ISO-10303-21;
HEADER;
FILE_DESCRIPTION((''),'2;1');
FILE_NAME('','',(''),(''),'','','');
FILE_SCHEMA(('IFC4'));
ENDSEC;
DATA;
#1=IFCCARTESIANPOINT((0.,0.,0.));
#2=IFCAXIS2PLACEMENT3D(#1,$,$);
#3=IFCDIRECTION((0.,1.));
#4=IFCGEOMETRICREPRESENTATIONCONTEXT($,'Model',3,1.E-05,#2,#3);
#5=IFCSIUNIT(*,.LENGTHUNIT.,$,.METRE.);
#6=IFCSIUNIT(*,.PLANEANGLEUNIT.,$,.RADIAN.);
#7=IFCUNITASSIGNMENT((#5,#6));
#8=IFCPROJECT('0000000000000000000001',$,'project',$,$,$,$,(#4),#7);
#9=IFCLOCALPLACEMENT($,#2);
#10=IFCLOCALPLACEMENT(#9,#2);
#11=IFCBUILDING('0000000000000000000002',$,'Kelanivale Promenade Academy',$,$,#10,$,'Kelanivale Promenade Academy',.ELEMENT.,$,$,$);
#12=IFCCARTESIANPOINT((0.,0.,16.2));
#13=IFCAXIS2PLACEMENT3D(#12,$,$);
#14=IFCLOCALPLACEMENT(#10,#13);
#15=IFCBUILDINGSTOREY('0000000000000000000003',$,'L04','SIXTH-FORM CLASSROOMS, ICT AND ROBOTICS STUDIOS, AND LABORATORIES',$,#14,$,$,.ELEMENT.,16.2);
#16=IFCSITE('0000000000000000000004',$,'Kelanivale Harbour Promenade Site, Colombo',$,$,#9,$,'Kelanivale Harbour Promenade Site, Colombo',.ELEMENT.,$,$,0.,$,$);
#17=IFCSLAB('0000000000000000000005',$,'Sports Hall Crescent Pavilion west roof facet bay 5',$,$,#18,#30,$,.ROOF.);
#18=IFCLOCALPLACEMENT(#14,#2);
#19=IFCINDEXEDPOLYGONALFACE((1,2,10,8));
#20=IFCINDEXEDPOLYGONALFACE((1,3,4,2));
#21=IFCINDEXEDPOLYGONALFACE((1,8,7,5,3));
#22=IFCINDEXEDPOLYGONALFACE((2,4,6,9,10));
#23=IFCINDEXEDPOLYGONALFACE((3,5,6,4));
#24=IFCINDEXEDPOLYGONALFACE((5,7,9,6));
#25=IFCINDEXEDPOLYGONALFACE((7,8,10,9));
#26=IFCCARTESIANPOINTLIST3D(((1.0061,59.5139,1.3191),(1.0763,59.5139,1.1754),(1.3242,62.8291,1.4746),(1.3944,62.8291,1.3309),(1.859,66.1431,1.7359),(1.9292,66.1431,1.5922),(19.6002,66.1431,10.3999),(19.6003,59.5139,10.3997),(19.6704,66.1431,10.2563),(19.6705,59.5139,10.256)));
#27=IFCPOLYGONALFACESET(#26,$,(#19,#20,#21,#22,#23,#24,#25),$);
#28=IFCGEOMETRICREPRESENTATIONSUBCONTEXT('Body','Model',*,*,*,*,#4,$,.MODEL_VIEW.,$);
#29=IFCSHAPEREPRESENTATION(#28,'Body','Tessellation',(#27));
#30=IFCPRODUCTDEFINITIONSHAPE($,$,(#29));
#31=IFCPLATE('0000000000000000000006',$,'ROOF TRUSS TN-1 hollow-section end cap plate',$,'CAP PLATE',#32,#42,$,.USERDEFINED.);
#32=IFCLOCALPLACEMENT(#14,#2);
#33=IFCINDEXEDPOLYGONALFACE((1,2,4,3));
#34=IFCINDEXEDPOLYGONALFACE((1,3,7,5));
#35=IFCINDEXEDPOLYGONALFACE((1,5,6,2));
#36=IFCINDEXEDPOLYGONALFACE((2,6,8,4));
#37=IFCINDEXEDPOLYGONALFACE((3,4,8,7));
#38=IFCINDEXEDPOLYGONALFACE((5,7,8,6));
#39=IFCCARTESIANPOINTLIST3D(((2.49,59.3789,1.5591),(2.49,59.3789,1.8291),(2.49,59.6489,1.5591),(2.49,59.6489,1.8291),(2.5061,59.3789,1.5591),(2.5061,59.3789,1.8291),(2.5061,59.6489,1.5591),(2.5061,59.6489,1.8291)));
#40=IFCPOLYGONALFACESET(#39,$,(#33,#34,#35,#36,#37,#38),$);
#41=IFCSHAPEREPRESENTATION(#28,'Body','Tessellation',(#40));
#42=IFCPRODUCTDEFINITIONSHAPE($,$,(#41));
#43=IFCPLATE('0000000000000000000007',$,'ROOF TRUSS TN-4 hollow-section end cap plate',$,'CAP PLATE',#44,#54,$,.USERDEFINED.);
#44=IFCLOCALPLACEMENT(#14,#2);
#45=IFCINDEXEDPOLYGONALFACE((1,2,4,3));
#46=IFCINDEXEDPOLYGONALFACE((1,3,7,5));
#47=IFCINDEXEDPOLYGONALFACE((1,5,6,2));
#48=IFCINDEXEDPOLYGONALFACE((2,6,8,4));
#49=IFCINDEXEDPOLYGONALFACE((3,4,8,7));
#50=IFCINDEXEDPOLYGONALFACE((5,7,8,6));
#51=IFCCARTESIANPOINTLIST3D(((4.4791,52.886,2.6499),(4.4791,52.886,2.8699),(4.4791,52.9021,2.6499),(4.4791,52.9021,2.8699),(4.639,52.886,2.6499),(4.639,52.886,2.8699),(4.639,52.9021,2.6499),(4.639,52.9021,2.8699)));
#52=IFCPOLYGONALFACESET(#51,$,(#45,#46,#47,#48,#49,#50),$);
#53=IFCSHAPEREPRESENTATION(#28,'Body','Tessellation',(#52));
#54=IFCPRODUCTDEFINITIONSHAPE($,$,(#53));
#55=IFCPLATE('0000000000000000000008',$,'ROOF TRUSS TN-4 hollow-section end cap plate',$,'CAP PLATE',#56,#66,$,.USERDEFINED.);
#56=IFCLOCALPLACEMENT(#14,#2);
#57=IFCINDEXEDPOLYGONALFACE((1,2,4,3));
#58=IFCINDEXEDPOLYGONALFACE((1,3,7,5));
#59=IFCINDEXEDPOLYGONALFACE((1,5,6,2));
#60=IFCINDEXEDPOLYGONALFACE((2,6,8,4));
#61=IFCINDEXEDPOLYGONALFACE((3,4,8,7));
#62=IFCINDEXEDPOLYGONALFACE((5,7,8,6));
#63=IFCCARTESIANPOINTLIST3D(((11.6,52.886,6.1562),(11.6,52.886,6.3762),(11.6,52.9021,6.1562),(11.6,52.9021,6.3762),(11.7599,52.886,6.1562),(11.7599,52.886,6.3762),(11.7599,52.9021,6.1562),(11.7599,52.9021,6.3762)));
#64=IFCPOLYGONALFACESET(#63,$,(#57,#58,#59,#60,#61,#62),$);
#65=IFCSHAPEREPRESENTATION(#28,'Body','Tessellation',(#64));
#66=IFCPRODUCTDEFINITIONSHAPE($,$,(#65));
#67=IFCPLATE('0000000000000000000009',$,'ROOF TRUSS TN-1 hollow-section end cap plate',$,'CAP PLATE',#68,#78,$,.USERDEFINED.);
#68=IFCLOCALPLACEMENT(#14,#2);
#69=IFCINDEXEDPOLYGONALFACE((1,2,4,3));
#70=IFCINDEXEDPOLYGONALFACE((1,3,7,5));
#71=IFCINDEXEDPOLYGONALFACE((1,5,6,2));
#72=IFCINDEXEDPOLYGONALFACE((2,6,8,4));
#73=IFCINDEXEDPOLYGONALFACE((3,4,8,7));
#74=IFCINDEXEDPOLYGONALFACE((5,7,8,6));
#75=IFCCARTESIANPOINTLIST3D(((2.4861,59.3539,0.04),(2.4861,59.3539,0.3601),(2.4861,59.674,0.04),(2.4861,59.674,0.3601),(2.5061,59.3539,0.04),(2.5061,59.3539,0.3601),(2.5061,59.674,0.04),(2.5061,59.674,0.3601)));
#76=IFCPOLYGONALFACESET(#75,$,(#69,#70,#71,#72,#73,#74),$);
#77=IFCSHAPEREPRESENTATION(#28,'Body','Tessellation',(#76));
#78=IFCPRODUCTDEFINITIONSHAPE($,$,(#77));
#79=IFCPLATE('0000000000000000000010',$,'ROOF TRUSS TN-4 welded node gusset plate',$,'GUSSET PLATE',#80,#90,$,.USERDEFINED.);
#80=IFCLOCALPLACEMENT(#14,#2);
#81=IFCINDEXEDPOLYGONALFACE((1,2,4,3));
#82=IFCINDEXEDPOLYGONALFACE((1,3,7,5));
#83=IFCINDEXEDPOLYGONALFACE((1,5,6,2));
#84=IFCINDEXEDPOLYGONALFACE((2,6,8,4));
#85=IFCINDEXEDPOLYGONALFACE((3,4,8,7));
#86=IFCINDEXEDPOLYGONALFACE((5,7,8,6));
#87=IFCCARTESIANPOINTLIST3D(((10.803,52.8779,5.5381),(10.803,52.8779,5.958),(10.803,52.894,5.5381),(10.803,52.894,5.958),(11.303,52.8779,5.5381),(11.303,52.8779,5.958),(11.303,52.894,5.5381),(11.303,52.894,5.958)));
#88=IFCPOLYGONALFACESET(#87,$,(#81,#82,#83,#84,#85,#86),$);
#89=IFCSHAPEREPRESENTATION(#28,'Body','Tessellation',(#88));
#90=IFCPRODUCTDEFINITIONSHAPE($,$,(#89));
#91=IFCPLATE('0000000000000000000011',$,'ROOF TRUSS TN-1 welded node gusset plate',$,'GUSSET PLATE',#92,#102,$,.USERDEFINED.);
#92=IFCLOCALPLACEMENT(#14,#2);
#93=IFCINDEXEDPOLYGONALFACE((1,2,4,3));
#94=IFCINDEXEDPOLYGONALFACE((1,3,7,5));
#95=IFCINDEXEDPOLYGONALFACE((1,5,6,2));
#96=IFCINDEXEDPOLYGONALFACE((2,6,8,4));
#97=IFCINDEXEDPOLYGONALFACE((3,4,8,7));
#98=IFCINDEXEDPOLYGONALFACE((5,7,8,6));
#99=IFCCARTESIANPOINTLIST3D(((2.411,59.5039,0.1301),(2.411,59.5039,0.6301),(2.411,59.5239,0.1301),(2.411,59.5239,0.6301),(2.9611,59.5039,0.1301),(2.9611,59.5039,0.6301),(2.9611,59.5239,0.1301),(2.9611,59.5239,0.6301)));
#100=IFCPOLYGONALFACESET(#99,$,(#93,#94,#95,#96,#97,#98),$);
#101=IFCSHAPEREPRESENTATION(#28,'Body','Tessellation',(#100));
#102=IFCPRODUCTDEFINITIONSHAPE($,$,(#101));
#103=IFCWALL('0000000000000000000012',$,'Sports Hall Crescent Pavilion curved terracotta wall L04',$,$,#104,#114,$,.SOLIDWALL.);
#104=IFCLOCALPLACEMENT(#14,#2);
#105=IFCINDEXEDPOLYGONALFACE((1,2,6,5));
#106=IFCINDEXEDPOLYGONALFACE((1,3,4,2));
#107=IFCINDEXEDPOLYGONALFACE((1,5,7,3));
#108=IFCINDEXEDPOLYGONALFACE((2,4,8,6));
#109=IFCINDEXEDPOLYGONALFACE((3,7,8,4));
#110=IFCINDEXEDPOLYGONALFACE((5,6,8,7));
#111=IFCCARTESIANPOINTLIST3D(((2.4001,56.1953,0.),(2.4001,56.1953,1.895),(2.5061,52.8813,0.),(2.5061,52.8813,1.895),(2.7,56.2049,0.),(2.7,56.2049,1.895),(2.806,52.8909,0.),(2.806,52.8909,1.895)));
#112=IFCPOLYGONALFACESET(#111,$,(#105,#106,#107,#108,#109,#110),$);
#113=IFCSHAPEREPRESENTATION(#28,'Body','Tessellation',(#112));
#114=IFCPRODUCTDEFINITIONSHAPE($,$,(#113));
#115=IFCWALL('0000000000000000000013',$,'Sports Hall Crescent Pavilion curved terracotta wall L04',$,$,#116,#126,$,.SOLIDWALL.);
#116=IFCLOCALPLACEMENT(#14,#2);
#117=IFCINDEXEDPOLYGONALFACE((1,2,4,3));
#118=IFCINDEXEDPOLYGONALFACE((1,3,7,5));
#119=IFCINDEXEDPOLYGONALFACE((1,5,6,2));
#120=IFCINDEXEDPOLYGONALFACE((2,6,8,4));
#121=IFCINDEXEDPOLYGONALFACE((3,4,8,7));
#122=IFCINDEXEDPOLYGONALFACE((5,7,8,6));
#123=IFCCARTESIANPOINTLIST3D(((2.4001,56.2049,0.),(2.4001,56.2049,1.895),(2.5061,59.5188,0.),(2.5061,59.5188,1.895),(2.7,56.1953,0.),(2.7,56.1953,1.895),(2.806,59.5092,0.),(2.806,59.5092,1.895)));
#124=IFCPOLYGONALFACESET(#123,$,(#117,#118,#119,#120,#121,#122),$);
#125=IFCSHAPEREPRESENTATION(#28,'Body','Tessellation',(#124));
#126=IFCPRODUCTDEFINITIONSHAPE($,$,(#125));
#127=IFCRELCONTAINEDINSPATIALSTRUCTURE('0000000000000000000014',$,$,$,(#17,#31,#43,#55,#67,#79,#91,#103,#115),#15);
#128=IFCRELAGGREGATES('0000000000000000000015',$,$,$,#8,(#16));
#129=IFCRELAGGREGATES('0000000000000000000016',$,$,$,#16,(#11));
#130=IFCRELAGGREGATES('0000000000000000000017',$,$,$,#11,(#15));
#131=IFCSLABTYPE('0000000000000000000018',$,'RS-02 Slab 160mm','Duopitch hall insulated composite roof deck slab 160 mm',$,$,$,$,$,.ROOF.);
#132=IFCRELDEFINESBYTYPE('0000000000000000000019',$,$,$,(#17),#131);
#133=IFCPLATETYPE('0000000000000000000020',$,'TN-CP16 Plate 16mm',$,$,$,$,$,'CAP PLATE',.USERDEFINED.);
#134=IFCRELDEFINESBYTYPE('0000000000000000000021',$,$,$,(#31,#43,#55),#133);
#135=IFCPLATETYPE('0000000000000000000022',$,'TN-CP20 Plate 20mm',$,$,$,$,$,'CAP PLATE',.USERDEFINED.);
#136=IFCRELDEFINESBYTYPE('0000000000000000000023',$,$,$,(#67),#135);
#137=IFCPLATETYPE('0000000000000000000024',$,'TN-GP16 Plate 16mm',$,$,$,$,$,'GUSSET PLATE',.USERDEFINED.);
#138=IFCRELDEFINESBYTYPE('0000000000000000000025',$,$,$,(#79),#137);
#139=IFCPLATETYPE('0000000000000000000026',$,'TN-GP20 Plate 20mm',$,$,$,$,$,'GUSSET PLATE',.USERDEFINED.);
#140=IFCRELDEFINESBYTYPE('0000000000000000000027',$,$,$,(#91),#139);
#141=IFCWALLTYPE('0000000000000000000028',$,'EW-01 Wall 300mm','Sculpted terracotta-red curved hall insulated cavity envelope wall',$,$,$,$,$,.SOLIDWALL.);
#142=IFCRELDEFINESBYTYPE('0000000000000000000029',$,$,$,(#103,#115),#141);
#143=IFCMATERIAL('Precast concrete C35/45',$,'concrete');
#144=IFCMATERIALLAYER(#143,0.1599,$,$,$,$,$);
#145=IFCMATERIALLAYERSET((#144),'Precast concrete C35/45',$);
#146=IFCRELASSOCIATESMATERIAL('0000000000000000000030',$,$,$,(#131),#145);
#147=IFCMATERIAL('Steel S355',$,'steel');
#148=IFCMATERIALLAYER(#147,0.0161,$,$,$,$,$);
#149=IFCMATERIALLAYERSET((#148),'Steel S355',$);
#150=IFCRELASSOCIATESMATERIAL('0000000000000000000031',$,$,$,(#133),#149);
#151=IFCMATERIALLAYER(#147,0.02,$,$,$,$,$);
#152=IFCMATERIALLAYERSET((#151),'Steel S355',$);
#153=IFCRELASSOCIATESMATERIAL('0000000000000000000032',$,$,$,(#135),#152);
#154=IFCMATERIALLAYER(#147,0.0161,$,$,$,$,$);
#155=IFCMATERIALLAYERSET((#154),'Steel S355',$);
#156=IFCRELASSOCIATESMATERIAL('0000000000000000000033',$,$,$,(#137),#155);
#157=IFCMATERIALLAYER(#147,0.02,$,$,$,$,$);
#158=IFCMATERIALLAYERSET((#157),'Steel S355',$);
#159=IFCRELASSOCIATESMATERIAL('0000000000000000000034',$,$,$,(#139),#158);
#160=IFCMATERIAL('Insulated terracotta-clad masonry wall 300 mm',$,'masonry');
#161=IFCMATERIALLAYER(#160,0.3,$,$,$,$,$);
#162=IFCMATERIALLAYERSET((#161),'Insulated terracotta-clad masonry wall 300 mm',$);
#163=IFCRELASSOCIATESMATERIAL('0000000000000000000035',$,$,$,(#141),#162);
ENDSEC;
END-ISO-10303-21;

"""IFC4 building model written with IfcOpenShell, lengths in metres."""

from ifc_helpers import new_model, si_unit, direction, frame, frame_2d, origin, origin_2d, place, context, subcontext, project, spatial, polyline, rectangle, outline, extrude, material, layer, layer_set, type_object, element, save


model = new_model("IFC4")

# Units and contexts
model_context = context("Model", 3, precision=1e-05, world=origin(), true_north=direction((0.0, 1.0)))
body_context = subcontext(model_context, "Body", "Model", "MODEL_VIEW")
ifc_project = project(units=[si_unit("LENGTHUNIT", "METRE"), si_unit("PLANEANGLEUNIT", "RADIAN")], contexts=[model_context])

# Site, building, storey
site_placement = place(None, origin())
site = spatial("IfcSite", under=ifc_project, at=site_placement, Name="Kelanivale Harbour Promenade Site, Colombo", LongName="Kelanivale Harbour Promenade Site, Colombo", CompositionType="ELEMENT", RefElevation=0.0)
building_placement = place(site_placement, origin())
building = spatial("IfcBuilding", under=site, at=building_placement, Name="Kelanivale Promenade Academy", LongName="Kelanivale Promenade Academy", CompositionType="ELEMENT")
storey_placement = place(building_placement, frame((0.0, 0.0, 16.2)))
storey = spatial("IfcBuildingStorey", under=building, at=storey_placement, Name="L04", Description="SIXTH-FORM CLASSROOMS, ICT AND ROBOTICS STUDIOS, AND LABORATORIES", CompositionType="ELEMENT", Elevation=16.2)

# Shared definitions
ifc_material_1 = material(Name="Steel S355", Category="steel")

# Slab
ifc_material_2 = material(Name="Precast concrete C35/45", Category="concrete")
ifc_layer_1 = layer(ifc_material_2, 0.1599)
ifc_layer_set_1 = layer_set([ifc_layer_1], Name="Precast concrete C35/45")
slab_type = type_object("IfcSlabType", Name="RS-02 Slab 160mm", Description="Duopitch hall insulated composite roof deck slab 160 mm", PredefinedType="ROOF", material=ifc_layer_set_1)
slab_placement = place(storey_placement, frame((1.0061, 59.5139, 1.3191), z_axis=(-0.438826, -0.000037, 0.898572), x_axis=(0.898572, 0.0, 0.438826)))
element("IfcSlab", 1, at=slab_placement, inside=storey, type_object=slab_type, Name="Sports Hall Crescent Pavilion west roof facet bay 5", PredefinedType="ROOF", context=body_context, shape_type="SweptSolid", body=[
    extrude(outline(polyline([(0.0, 0.0), (20.693, 0.0), (20.693, 6.6292), (0.9493, 6.6292), (0.3541, 3.3152), (0.0, 0.0)])), origin(), (0.0, 0.0, -1.0), 0.1599),
])

# Plates
ifc_layer_2 = layer(ifc_material_1, 0.0161)
ifc_layer_set_2 = layer_set([ifc_layer_2], Name="Steel S355")
plate_type_1 = type_object("IfcPlateType", Name="TN-CP16 Plate 16mm", ElementType="CAP PLATE", PredefinedType="USERDEFINED", material=ifc_layer_set_2)
plate_1_placement = place(storey_placement, frame((2.498, 59.5139, 1.5591), z_axis=(0.0, 0.0, 1.0), x_axis=(-1.0, 0.0, 0.0)))
element("IfcPlate", 2, at=plate_1_placement, inside=storey, type_object=plate_type_1, Name="ROOF TRUSS TN-1 hollow-section end cap plate", ObjectType="CAP PLATE", PredefinedType="USERDEFINED", context=body_context, shape_type="SweptSolid", body=[
    extrude(rectangle(XDim=0.0161, YDim=0.27, at=origin_2d()), origin(), (0.0, 0.0, 1.0), 0.27),
])
for number, where, z_axis, x_axis, name in (
    (3, (4.5591, 52.894, 2.6499), (0.0, 0.0, 1.0), (0.0, 1.0, 0.0), "ROOF TRUSS TN-4 hollow-section end cap plate"),
    (4, (11.6799, 52.894, 6.1562), (0.0, 0.0, 1.0), (0.0, 1.0, 0.0), "ROOF TRUSS TN-4 hollow-section end cap plate"),
):
    element("IfcPlate", number, at=place(storey_placement, frame(where, z_axis=z_axis, x_axis=x_axis)), inside=storey, type_object=plate_type_1, Name=name, ObjectType="CAP PLATE", PredefinedType="USERDEFINED", context=body_context, shape_type="SweptSolid", body=[
        extrude(rectangle(XDim=0.0161, YDim=0.1599, at=origin_2d()), origin(), (0.0, 0.0, 1.0), 0.22),
    ])
ifc_layer_3 = layer(ifc_material_1, 0.02)
ifc_layer_set_3 = layer_set([ifc_layer_3], Name="Steel S355")
plate_type_2 = type_object("IfcPlateType", Name="TN-CP20 Plate 20mm", ElementType="CAP PLATE", PredefinedType="USERDEFINED", material=ifc_layer_set_3)
plate_2_placement = place(storey_placement, frame((2.4961, 59.5139, 0.04), z_axis=(0.0, 0.0, 1.0), x_axis=(-1.0, 0.0, 0.0)))
element("IfcPlate", 5, at=plate_2_placement, inside=storey, type_object=plate_type_2, Name="ROOF TRUSS TN-1 hollow-section end cap plate", ObjectType="CAP PLATE", PredefinedType="USERDEFINED", context=body_context, shape_type="SweptSolid", body=[
    extrude(rectangle(XDim=0.02, YDim=0.3201, at=origin_2d()), origin(), (0.0, 0.0, 1.0), 0.3201),
])
ifc_layer_4 = layer(ifc_material_1, 0.0161)
ifc_layer_set_4 = layer_set([ifc_layer_4], Name="Steel S355")
plate_type_3 = type_object("IfcPlateType", Name="TN-GP16 Plate 16mm", ElementType="GUSSET PLATE", PredefinedType="USERDEFINED", material=ifc_layer_set_4)
plate_3_placement = place(storey_placement, frame((11.053, 52.886, 5.5381), z_axis=(0.0, 0.0, 1.0), x_axis=(1.0, 0.0, 0.0)))
element("IfcPlate", 6, at=plate_3_placement, inside=storey, type_object=plate_type_3, Name="ROOF TRUSS TN-4 welded node gusset plate", ObjectType="GUSSET PLATE", PredefinedType="USERDEFINED", context=body_context, shape_type="SweptSolid", body=[
    extrude(rectangle(XDim=0.5, YDim=0.0161, at=origin_2d()), origin(), (0.0, 0.0, 1.0), 0.4199),
])
ifc_layer_5 = layer(ifc_material_1, 0.02)
ifc_layer_set_5 = layer_set([ifc_layer_5], Name="Steel S355")
plate_type_4 = type_object("IfcPlateType", Name="TN-GP20 Plate 20mm", ElementType="GUSSET PLATE", PredefinedType="USERDEFINED", material=ifc_layer_set_5)
plate_4_placement = place(storey_placement, frame((2.686, 59.5139, 0.1301), z_axis=(0.0, 0.0, 1.0), x_axis=(1.0, 0.0, 0.0)))
element("IfcPlate", 7, at=plate_4_placement, inside=storey, type_object=plate_type_4, Name="ROOF TRUSS TN-1 welded node gusset plate", ObjectType="GUSSET PLATE", PredefinedType="USERDEFINED", context=body_context, shape_type="SweptSolid", body=[
    extrude(rectangle(XDim=0.55, YDim=0.02, at=origin_2d()), origin(), (0.0, 0.0, 1.0), 0.5),
])

# Walls
ifc_material_3 = material(Name="Insulated terracotta-clad masonry wall 300 mm", Category="masonry")
ifc_layer_6 = layer(ifc_material_3, 0.3)
ifc_layer_set_6 = layer_set([ifc_layer_6], Name="Insulated terracotta-clad masonry wall 300 mm")
wall_type = type_object("IfcWallType", Name="EW-01 Wall 300mm", Description="Sculpted terracotta-red curved hall insulated cavity envelope wall", PredefinedType="SOLIDWALL", material=ifc_layer_set_6)
for number, where, z_axis, x_axis, name in (
    (8, (2.55, 56.2, 0.0), (0.0, 0.0, 1.0), (0.031957, -0.999489, 0.0), "Sports Hall Crescent Pavilion curved terracotta wall L04"),
    (9, (2.656, 59.5139, 0.0), (0.0, 0.0, 1.0), (-0.031957, -0.999489, 0.0), "Sports Hall Crescent Pavilion curved terracotta wall L04"),
):
    element("IfcWall", number, at=place(storey_placement, frame(where, z_axis=z_axis, x_axis=x_axis)), inside=storey, type_object=wall_type, Name=name, PredefinedType="SOLIDWALL", context=body_context, shape_type="SweptSolid", body=[
        extrude(rectangle(XDim=3.3157, YDim=0.3, at=frame_2d((1.6577, 0.0))), origin(), (0.0, 0.0, 1.0), 1.895),
    ])

save(model, "model.ifc")
